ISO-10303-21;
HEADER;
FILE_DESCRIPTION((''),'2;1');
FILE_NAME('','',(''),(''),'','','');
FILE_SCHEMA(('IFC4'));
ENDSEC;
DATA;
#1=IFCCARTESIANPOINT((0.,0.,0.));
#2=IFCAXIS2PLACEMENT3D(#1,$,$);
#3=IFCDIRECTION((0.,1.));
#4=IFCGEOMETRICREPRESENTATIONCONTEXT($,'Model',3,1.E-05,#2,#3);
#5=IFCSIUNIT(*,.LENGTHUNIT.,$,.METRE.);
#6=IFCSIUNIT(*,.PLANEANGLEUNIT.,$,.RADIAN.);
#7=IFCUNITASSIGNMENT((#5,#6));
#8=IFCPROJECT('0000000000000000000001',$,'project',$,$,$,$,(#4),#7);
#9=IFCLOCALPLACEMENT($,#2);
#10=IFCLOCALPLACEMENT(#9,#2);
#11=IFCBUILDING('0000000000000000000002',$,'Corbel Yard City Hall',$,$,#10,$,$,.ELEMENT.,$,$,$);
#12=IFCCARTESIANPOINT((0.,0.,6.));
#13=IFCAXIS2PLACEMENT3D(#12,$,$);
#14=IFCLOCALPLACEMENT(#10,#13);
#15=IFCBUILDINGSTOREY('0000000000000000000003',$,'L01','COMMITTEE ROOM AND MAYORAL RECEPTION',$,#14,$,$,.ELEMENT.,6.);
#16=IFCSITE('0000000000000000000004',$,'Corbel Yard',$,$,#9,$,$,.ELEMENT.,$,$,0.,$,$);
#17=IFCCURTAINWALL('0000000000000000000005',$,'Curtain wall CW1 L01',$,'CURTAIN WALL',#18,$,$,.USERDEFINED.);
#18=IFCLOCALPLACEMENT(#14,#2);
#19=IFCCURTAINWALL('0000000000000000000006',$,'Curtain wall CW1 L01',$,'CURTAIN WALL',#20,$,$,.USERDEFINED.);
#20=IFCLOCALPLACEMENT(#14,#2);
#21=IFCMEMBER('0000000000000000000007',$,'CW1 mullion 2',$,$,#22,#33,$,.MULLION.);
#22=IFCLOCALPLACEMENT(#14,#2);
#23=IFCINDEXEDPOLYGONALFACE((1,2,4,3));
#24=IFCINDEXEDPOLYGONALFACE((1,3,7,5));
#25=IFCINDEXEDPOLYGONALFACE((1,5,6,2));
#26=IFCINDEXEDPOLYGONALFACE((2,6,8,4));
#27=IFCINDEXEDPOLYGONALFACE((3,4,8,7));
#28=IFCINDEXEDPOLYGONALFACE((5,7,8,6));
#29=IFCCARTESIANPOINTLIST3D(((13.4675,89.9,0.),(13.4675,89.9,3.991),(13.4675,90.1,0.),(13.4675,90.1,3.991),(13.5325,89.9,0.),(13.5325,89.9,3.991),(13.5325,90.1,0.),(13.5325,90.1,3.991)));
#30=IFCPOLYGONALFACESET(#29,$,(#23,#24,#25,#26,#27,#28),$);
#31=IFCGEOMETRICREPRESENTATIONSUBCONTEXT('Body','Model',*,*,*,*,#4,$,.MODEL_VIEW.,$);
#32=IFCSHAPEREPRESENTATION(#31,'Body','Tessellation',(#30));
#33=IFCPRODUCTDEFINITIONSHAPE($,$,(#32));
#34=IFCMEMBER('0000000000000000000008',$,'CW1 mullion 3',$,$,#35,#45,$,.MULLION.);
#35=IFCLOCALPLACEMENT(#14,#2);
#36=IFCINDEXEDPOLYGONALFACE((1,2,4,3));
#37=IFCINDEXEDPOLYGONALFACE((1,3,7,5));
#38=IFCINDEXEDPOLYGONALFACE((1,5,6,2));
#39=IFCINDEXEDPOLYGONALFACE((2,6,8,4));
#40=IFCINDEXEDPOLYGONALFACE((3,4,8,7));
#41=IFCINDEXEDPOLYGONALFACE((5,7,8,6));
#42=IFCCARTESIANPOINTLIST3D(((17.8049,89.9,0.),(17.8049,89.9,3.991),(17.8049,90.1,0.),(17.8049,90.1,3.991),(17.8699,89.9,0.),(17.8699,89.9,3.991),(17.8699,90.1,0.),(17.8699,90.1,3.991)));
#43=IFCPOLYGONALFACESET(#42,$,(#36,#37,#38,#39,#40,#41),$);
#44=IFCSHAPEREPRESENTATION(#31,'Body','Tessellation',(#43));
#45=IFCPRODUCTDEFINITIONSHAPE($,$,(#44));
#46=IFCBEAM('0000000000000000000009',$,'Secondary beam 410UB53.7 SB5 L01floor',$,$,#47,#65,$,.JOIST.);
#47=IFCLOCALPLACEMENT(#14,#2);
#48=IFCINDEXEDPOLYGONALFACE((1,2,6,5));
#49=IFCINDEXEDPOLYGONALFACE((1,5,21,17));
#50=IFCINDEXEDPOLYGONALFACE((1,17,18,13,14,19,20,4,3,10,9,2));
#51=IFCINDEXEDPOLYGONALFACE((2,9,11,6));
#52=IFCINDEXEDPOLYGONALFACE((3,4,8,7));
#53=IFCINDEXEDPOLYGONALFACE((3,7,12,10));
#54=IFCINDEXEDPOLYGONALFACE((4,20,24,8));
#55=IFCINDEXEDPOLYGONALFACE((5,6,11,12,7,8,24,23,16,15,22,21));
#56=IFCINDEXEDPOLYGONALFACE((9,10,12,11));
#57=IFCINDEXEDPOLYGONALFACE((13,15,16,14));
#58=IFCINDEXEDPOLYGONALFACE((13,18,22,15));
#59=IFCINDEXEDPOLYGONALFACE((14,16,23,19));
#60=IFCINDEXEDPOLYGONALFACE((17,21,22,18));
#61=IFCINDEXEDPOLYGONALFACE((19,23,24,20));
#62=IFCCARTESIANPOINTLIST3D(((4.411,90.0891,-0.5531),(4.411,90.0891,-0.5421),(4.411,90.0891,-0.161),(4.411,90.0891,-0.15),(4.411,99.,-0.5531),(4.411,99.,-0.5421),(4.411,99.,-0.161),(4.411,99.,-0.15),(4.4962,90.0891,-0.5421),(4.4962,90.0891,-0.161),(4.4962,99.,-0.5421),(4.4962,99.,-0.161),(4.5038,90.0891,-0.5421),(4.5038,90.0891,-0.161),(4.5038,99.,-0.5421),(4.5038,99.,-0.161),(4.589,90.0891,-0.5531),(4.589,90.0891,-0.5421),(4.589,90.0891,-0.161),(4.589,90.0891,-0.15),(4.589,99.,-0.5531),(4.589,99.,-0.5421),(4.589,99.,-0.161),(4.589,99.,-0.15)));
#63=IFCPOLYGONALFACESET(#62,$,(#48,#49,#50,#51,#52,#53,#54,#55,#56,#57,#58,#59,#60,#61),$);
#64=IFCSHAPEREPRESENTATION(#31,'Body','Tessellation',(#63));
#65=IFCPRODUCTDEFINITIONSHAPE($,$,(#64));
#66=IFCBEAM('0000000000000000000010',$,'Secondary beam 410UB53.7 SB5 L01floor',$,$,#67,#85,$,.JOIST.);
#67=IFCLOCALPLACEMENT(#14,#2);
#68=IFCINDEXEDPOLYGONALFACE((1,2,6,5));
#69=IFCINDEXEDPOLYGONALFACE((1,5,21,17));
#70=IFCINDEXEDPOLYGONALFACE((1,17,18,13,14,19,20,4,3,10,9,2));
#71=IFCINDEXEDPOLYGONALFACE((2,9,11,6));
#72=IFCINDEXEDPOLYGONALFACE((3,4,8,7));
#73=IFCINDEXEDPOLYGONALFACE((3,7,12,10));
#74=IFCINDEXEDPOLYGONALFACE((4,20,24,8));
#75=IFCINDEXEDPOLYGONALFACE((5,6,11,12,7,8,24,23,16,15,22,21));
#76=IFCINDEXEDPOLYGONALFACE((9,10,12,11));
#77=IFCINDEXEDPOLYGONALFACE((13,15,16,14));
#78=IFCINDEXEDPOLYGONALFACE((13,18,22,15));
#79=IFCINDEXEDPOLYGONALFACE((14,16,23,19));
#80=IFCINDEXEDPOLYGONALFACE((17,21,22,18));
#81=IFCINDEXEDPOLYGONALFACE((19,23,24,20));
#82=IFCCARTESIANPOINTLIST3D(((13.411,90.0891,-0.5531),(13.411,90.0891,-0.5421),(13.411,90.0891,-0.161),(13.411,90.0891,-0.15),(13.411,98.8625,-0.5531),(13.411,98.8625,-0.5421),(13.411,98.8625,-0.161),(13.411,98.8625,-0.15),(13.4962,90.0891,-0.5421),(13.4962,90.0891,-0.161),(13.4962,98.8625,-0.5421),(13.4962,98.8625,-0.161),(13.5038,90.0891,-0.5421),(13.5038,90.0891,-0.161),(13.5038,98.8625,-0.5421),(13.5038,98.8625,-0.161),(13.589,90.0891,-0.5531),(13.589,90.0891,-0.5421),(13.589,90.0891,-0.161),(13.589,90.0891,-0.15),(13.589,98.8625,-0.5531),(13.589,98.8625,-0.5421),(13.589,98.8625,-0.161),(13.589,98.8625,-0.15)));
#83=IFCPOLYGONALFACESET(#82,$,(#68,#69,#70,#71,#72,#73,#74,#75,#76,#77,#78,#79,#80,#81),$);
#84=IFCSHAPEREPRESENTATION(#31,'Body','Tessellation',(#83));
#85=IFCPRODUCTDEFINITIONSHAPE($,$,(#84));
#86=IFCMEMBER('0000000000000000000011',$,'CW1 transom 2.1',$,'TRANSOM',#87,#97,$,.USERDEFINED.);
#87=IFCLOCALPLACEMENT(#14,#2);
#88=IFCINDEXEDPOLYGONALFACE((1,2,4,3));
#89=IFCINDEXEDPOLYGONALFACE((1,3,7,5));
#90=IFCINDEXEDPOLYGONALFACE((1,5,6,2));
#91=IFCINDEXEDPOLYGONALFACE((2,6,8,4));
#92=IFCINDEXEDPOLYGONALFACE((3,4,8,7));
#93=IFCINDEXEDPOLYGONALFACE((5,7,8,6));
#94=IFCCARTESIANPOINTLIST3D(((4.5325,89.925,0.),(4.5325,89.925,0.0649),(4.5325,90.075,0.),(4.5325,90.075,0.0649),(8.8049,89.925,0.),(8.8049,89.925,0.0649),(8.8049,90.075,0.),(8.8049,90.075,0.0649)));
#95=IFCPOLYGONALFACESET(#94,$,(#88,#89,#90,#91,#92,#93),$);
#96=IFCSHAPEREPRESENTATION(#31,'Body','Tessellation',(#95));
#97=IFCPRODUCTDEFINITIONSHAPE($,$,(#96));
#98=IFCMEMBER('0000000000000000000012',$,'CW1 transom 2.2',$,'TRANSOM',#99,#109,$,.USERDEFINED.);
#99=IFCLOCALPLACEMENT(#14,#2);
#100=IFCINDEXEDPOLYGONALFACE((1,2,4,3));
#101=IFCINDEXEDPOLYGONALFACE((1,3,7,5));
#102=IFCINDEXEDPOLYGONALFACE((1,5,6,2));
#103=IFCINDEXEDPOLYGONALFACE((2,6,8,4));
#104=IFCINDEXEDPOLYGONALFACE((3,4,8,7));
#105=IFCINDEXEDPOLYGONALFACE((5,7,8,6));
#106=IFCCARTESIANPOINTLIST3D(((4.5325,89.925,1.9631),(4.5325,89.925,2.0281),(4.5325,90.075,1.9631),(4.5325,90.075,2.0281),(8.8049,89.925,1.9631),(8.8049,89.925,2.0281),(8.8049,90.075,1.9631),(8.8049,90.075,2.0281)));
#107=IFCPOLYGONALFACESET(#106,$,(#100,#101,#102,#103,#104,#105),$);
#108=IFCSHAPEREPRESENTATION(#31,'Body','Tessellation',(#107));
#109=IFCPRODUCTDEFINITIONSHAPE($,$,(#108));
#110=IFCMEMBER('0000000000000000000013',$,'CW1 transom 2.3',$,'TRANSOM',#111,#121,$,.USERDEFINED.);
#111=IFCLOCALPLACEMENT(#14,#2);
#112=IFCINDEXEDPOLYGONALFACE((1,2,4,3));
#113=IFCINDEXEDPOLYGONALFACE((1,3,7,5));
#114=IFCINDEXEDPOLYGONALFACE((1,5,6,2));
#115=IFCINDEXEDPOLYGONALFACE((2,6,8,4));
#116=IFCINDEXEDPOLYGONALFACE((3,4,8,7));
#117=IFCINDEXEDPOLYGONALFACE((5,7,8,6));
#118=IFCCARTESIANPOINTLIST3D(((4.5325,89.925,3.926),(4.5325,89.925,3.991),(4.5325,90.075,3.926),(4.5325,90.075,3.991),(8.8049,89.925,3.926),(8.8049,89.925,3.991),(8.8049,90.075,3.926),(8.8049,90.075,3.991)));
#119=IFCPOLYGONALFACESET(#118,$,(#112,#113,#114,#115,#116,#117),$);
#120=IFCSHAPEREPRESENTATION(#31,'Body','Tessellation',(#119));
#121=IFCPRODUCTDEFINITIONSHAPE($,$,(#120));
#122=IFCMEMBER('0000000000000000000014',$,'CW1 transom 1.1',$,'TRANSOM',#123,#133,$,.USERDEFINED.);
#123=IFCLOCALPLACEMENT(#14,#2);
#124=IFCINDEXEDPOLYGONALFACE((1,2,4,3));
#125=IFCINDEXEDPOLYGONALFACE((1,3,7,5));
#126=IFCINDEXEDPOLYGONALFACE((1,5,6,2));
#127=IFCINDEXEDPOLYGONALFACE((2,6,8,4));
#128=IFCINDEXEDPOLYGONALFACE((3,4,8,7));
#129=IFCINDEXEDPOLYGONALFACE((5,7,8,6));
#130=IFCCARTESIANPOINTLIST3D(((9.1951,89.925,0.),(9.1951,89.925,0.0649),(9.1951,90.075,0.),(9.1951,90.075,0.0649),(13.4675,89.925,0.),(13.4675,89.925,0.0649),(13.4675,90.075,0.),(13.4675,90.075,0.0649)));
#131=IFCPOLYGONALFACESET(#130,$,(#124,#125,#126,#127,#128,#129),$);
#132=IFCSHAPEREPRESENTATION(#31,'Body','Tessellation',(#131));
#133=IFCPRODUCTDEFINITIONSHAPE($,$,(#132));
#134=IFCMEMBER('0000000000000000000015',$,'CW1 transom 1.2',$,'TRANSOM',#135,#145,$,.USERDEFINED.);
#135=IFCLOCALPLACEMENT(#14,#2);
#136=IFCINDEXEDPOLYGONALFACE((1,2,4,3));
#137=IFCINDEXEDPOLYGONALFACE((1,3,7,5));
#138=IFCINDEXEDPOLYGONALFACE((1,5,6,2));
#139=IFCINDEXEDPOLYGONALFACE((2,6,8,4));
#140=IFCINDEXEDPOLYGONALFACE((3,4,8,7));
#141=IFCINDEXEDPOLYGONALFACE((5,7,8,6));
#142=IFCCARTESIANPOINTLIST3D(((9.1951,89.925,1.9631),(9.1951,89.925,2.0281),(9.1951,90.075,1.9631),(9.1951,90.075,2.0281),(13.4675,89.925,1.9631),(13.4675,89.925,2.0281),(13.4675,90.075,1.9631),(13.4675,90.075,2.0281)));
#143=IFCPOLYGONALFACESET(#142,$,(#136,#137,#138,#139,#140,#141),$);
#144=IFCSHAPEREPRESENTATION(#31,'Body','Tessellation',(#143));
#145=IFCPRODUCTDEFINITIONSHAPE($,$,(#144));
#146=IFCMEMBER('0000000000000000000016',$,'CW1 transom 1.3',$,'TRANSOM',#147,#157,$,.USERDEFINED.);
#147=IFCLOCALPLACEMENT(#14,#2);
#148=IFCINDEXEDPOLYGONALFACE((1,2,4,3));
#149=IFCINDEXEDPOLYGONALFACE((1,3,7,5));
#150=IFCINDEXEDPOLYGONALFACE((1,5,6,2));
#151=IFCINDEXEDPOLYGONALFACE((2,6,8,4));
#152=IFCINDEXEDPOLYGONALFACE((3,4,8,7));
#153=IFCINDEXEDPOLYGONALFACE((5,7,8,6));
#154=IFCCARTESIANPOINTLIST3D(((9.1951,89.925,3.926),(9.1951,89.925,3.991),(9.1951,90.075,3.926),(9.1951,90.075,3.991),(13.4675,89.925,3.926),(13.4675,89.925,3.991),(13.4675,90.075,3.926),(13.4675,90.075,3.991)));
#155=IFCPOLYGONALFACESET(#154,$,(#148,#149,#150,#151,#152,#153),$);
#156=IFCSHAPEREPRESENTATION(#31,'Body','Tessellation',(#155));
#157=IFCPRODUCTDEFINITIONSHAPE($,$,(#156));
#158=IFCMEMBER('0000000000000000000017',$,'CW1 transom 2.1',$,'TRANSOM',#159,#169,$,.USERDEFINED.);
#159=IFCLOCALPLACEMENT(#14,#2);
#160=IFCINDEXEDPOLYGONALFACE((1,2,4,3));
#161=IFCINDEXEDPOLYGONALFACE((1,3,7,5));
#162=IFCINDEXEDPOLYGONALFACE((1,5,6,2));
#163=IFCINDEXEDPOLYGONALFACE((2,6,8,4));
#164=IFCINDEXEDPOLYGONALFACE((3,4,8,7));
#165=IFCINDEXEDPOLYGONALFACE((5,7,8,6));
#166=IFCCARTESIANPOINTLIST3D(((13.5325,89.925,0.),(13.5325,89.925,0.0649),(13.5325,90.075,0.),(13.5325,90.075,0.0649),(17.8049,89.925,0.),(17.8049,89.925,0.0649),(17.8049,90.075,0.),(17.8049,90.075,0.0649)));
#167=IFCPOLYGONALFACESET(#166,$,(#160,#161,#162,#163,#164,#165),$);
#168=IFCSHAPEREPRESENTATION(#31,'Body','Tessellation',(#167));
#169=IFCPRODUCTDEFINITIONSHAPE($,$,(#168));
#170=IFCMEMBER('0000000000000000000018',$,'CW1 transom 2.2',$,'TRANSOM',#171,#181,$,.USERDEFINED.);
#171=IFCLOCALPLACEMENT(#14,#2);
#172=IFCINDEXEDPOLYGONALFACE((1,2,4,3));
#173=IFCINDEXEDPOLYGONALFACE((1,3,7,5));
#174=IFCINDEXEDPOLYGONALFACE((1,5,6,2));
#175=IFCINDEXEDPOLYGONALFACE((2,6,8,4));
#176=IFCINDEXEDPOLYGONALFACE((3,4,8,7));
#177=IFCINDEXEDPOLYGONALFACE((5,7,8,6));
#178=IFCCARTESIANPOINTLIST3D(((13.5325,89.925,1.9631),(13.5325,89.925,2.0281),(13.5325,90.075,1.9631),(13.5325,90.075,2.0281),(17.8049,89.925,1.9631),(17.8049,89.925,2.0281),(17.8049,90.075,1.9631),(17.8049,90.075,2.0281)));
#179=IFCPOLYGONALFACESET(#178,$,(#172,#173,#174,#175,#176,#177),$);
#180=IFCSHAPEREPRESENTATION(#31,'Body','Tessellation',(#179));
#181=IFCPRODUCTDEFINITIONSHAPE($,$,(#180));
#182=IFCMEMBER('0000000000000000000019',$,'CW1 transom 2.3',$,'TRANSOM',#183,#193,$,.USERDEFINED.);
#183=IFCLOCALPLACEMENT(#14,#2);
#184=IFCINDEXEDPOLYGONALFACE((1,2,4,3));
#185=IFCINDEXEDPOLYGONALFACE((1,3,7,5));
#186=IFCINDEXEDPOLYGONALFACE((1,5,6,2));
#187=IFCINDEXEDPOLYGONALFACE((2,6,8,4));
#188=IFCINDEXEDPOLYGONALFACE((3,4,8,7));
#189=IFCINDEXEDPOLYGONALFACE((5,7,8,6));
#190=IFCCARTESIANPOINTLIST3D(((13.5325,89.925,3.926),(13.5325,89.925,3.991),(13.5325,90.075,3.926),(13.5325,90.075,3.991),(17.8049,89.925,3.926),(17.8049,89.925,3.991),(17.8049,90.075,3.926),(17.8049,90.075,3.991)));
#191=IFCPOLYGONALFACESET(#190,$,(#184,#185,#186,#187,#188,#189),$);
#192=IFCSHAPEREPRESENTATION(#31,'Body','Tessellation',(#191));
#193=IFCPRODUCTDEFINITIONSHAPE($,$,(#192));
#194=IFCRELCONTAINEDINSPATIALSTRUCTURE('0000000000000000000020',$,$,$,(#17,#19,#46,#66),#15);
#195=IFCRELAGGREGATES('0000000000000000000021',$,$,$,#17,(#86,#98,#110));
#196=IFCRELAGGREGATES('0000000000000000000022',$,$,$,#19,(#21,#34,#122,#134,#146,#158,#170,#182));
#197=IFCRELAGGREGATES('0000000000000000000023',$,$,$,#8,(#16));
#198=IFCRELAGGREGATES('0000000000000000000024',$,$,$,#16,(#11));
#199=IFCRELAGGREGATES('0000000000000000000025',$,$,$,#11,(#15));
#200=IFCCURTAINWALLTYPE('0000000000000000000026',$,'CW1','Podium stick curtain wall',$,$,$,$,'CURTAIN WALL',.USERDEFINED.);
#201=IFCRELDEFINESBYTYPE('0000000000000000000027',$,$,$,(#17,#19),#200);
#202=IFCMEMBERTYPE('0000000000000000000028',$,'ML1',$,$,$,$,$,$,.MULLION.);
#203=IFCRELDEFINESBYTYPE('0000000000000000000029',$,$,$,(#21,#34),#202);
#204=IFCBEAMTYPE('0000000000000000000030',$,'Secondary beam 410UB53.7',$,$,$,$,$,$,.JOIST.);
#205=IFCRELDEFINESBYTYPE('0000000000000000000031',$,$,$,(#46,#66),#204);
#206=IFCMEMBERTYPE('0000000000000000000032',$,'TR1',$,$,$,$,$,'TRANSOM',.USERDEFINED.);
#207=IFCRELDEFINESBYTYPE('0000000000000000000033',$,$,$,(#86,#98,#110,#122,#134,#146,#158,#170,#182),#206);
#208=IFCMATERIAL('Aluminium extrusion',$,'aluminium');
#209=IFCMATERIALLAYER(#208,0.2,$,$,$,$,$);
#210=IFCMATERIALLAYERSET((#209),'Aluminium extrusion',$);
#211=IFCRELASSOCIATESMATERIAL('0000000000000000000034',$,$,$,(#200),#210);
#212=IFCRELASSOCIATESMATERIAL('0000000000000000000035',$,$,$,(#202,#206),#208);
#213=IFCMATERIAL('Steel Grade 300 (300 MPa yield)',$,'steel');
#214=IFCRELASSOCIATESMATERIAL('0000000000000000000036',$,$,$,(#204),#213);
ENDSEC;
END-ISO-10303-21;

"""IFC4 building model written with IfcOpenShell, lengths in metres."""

from ifc_helpers import new_model, si_unit, direction, frame, origin, origin_2d, place, context, subcontext, project, spatial, rectangle, i_section, extrude, material, layer, layer_set, material_profile, profile_set, type_object, element, aggregate, save


model = new_model("IFC4")

# Units and contexts
model_context = context("Model", 3, precision=1e-05, world=origin(), true_north=direction((0.0, 1.0)))
body_context = subcontext(model_context, "Body", "Model", "MODEL_VIEW")
ifc_project = project(units=[si_unit("LENGTHUNIT", "METRE"), si_unit("PLANEANGLEUNIT", "RADIAN")], contexts=[model_context])

# Site, building, storey
site_placement = place(None, origin())
site = spatial("IfcSite", under=ifc_project, at=site_placement, Name="Corbel Yard", CompositionType="ELEMENT", RefElevation=0.0)
building_placement = place(site_placement, origin())
building = spatial("IfcBuilding", under=site, at=building_placement, Name="Corbel Yard City Hall", CompositionType="ELEMENT")
storey_placement = place(building_placement, frame((0.0, 0.0, 6.0)))
storey = spatial("IfcBuildingStorey", under=building, at=storey_placement, Name="L01", Description="COMMITTEE ROOM AND MAYORAL RECEPTION", CompositionType="ELEMENT", Elevation=6.0)

# Shared definitions
ifc_material_1 = material(Name="Steel Grade 300 (300 MPa yield)", Category="steel")

# Curtain walls, members
ifc_material_2 = material(Name="Aluminium extrusion", Category="aluminium")
ifc_layer_1 = layer(ifc_material_2, 0.2)
ifc_layer_set_1 = layer_set([ifc_layer_1], Name="Aluminium extrusion")
curtain_wall_type = type_object("IfcCurtainWallType", Name="CW1", Description="Podium stick curtain wall", ElementType="CURTAIN WALL", PredefinedType="USERDEFINED", material=ifc_layer_set_1)
curtain_wall_1_placement = place(storey_placement, origin())
curtain_wall_1 = element("IfcCurtainWall", 1, at=curtain_wall_1_placement, inside=storey, type_object=curtain_wall_type, Name="Curtain wall CW1 L01", ObjectType="CURTAIN WALL", PredefinedType="USERDEFINED")
ifc_material_profile_1 = material_profile(ifc_material_2, rectangle(XDim=0.2, YDim=0.0649, at=origin_2d()), Name="200x65")
ifc_profile_set_1 = profile_set([ifc_material_profile_1], Name="Aluminium extrusion")
member_type_1 = type_object("IfcMemberType", Name="ML1", PredefinedType="MULLION", material=ifc_profile_set_1)
curtain_wall_2_placement = place(storey_placement, origin())
curtain_wall_2 = element("IfcCurtainWall", 2, at=curtain_wall_2_placement, inside=storey, type_object=curtain_wall_type, Name="Curtain wall CW1 L01", ObjectType="CURTAIN WALL", PredefinedType="USERDEFINED")
member_1_placement = place(storey_placement, frame((13.5, 90.0, 0.0), z_axis=(0.0, 0.0, 1.0), x_axis=(0.0, 1.0, 0.0)))
member_1 = element("IfcMember", 3, at=member_1_placement, type_object=member_type_1, Name="CW1 mullion 2", PredefinedType="MULLION", context=body_context, shape_type="SweptSolid", body=[
    extrude(rectangle(XDim=0.2, YDim=0.0649, at=origin_2d()), origin(), (0.0, 0.0, 1.0), 3.991),
])
member_2_placement = place(storey_placement, frame((17.8374, 90.0, 0.0), z_axis=(0.0, 0.0, 1.0), x_axis=(0.0, 1.0, 0.0)))
member_2 = element("IfcMember", 4, at=member_2_placement, type_object=member_type_1, Name="CW1 mullion 3", PredefinedType="MULLION", context=body_context, shape_type="SweptSolid", body=[
    extrude(rectangle(XDim=0.2, YDim=0.0649, at=origin_2d()), origin(), (0.0, 0.0, 1.0), 3.991),
])

# Beams
ifc_material_profile_2 = material_profile(ifc_material_1, i_section(OverallWidth=0.178, OverallDepth=0.4031, WebThickness=0.0076, FlangeThickness=0.011, at=origin_2d()), Name="410UB53.7")
ifc_profile_set_2 = profile_set([ifc_material_profile_2], Name="Steel Grade 300 (300 MPa yield)")
beam_type_1 = type_object("IfcBeamType", Name="Secondary beam 410UB53.7", PredefinedType="JOIST", material=ifc_profile_set_2)
beam_1_placement = place(storey_placement, frame((4.5, 90.0891, -0.3516), z_axis=(0.0, 1.0, 0.0), x_axis=(-1.0, 0.0, 0.0)))
element("IfcBeam", 5, at=beam_1_placement, inside=storey, type_object=beam_type_1, Name="Secondary beam 410UB53.7 SB5 L01floor", PredefinedType="JOIST", context=body_context, shape_type="SweptSolid", body=[
    extrude(i_section(OverallWidth=0.178, OverallDepth=0.4031, WebThickness=0.0076, FlangeThickness=0.011, at=origin_2d()), origin(), (0.0, 0.0, 1.0), 8.9109),
])
beam_2_placement = place(storey_placement, frame((13.5, 90.0891, -0.3516), z_axis=(0.0, 1.0, 0.0), x_axis=(-1.0, 0.0, 0.0)))
element("IfcBeam", 6, at=beam_2_placement, inside=storey, type_object=beam_type_1, Name="Secondary beam 410UB53.7 SB5 L01floor", PredefinedType="JOIST", context=body_context, shape_type="SweptSolid", body=[
    extrude(i_section(OverallWidth=0.178, OverallDepth=0.4031, WebThickness=0.0076, FlangeThickness=0.011, at=origin_2d()), origin(), (0.0, 0.0, 1.0), 8.7734),
])

# Members
ifc_material_profile_3 = material_profile(ifc_material_2, rectangle(XDim=0.1499, YDim=0.0649, at=origin_2d()), Name="150x65")
ifc_profile_set_3 = profile_set([ifc_material_profile_3], Name="Aluminium extrusion")
member_type_2 = type_object("IfcMemberType", Name="TR1", ElementType="TRANSOM", PredefinedType="USERDEFINED", material=ifc_profile_set_3)
member_3_placement = place(storey_placement, frame((4.5325, 90.0, 0.0325), z_axis=(1.0, 0.0, 0.0), x_axis=(0.0, 1.0, 0.0)))
member_3 = element("IfcMember", 7, at=member_3_placement, type_object=member_type_2, Name="CW1 transom 2.1", ObjectType="TRANSOM", PredefinedType="USERDEFINED", context=body_context, shape_type="SweptSolid", body=[
    extrude(rectangle(XDim=0.1499, YDim=0.0649, at=origin_2d()), origin(), (0.0, 0.0, 1.0), 4.2725),
])
member_4_placement = place(storey_placement, frame((4.5325, 90.0, 1.9956), z_axis=(1.0, 0.0, 0.0), x_axis=(0.0, 1.0, 0.0)))
member_4 = element("IfcMember", 8, at=member_4_placement, type_object=member_type_2, Name="CW1 transom 2.2", ObjectType="TRANSOM", PredefinedType="USERDEFINED", context=body_context, shape_type="SweptSolid", body=[
    extrude(rectangle(XDim=0.1499, YDim=0.0649, at=origin_2d()), origin(), (0.0, 0.0, 1.0), 4.2725),
])
member_5_placement = place(storey_placement, frame((4.5325, 90.0, 3.9585), z_axis=(1.0, 0.0, 0.0), x_axis=(0.0, 1.0, 0.0)))
member_5 = element("IfcMember", 9, at=member_5_placement, type_object=member_type_2, Name="CW1 transom 2.3", ObjectType="TRANSOM", PredefinedType="USERDEFINED", context=body_context, shape_type="SweptSolid", body=[
    extrude(rectangle(XDim=0.1499, YDim=0.0649, at=origin_2d()), origin(), (0.0, 0.0, 1.0), 4.2725),
])
member_6_placement = place(storey_placement, frame((9.1951, 90.0, 0.0325), z_axis=(1.0, 0.0, 0.0), x_axis=(0.0, 1.0, 0.0)))
member_6 = element("IfcMember", 10, at=member_6_placement, type_object=member_type_2, Name="CW1 transom 1.1", ObjectType="TRANSOM", PredefinedType="USERDEFINED", context=body_context, shape_type="SweptSolid", body=[
    extrude(rectangle(XDim=0.1499, YDim=0.0649, at=origin_2d()), origin(), (0.0, 0.0, 1.0), 4.2725),
])
member_7_placement = place(storey_placement, frame((9.1951, 90.0, 1.9956), z_axis=(1.0, 0.0, 0.0), x_axis=(0.0, 1.0, 0.0)))
member_7 = element("IfcMember", 11, at=member_7_placement, type_object=member_type_2, Name="CW1 transom 1.2", ObjectType="TRANSOM", PredefinedType="USERDEFINED", context=body_context, shape_type="SweptSolid", body=[
    extrude(rectangle(XDim=0.1499, YDim=0.0649, at=origin_2d()), origin(), (0.0, 0.0, 1.0), 4.2725),
])
member_8_placement = place(storey_placement, frame((9.1951, 90.0, 3.9585), z_axis=(1.0, 0.0, 0.0), x_axis=(0.0, 1.0, 0.0)))
member_8 = element("IfcMember", 12, at=member_8_placement, type_object=member_type_2, Name="CW1 transom 1.3", ObjectType="TRANSOM", PredefinedType="USERDEFINED", context=body_context, shape_type="SweptSolid", body=[
    extrude(rectangle(XDim=0.1499, YDim=0.0649, at=origin_2d()), origin(), (0.0, 0.0, 1.0), 4.2725),
])
member_9_placement = place(storey_placement, frame((13.5325, 90.0, 0.0325), z_axis=(1.0, 0.0, 0.0), x_axis=(0.0, 1.0, 0.0)))
member_9 = element("IfcMember", 13, at=member_9_placement, type_object=member_type_2, Name="CW1 transom 2.1", ObjectType="TRANSOM", PredefinedType="USERDEFINED", context=body_context, shape_type="SweptSolid", body=[
    extrude(rectangle(XDim=0.1499, YDim=0.0649, at=origin_2d()), origin(), (0.0, 0.0, 1.0), 4.2725),
])
member_10_placement = place(storey_placement, frame((13.5325, 90.0, 1.9956), z_axis=(1.0, 0.0, 0.0), x_axis=(0.0, 1.0, 0.0)))
member_10 = element("IfcMember", 14, at=member_10_placement, type_object=member_type_2, Name="CW1 transom 2.2", ObjectType="TRANSOM", PredefinedType="USERDEFINED", context=body_context, shape_type="SweptSolid", body=[
    extrude(rectangle(XDim=0.1499, YDim=0.0649, at=origin_2d()), origin(), (0.0, 0.0, 1.0), 4.2725),
])
member_11_placement = place(storey_placement, frame((13.5325, 90.0, 3.9585), z_axis=(1.0, 0.0, 0.0), x_axis=(0.0, 1.0, 0.0)))
member_11 = element("IfcMember", 15, at=member_11_placement, type_object=member_type_2, Name="CW1 transom 2.3", ObjectType="TRANSOM", PredefinedType="USERDEFINED", context=body_context, shape_type="SweptSolid", body=[
    extrude(rectangle(XDim=0.1499, YDim=0.0649, at=origin_2d()), origin(), (0.0, 0.0, 1.0), 4.2725),
])

aggregate(curtain_wall_1, [member_3, member_4, member_5])
aggregate(curtain_wall_2, [member_1, member_2, member_6, member_7, member_8, member_9, member_10, member_11])

save(model, "model.ifc")
